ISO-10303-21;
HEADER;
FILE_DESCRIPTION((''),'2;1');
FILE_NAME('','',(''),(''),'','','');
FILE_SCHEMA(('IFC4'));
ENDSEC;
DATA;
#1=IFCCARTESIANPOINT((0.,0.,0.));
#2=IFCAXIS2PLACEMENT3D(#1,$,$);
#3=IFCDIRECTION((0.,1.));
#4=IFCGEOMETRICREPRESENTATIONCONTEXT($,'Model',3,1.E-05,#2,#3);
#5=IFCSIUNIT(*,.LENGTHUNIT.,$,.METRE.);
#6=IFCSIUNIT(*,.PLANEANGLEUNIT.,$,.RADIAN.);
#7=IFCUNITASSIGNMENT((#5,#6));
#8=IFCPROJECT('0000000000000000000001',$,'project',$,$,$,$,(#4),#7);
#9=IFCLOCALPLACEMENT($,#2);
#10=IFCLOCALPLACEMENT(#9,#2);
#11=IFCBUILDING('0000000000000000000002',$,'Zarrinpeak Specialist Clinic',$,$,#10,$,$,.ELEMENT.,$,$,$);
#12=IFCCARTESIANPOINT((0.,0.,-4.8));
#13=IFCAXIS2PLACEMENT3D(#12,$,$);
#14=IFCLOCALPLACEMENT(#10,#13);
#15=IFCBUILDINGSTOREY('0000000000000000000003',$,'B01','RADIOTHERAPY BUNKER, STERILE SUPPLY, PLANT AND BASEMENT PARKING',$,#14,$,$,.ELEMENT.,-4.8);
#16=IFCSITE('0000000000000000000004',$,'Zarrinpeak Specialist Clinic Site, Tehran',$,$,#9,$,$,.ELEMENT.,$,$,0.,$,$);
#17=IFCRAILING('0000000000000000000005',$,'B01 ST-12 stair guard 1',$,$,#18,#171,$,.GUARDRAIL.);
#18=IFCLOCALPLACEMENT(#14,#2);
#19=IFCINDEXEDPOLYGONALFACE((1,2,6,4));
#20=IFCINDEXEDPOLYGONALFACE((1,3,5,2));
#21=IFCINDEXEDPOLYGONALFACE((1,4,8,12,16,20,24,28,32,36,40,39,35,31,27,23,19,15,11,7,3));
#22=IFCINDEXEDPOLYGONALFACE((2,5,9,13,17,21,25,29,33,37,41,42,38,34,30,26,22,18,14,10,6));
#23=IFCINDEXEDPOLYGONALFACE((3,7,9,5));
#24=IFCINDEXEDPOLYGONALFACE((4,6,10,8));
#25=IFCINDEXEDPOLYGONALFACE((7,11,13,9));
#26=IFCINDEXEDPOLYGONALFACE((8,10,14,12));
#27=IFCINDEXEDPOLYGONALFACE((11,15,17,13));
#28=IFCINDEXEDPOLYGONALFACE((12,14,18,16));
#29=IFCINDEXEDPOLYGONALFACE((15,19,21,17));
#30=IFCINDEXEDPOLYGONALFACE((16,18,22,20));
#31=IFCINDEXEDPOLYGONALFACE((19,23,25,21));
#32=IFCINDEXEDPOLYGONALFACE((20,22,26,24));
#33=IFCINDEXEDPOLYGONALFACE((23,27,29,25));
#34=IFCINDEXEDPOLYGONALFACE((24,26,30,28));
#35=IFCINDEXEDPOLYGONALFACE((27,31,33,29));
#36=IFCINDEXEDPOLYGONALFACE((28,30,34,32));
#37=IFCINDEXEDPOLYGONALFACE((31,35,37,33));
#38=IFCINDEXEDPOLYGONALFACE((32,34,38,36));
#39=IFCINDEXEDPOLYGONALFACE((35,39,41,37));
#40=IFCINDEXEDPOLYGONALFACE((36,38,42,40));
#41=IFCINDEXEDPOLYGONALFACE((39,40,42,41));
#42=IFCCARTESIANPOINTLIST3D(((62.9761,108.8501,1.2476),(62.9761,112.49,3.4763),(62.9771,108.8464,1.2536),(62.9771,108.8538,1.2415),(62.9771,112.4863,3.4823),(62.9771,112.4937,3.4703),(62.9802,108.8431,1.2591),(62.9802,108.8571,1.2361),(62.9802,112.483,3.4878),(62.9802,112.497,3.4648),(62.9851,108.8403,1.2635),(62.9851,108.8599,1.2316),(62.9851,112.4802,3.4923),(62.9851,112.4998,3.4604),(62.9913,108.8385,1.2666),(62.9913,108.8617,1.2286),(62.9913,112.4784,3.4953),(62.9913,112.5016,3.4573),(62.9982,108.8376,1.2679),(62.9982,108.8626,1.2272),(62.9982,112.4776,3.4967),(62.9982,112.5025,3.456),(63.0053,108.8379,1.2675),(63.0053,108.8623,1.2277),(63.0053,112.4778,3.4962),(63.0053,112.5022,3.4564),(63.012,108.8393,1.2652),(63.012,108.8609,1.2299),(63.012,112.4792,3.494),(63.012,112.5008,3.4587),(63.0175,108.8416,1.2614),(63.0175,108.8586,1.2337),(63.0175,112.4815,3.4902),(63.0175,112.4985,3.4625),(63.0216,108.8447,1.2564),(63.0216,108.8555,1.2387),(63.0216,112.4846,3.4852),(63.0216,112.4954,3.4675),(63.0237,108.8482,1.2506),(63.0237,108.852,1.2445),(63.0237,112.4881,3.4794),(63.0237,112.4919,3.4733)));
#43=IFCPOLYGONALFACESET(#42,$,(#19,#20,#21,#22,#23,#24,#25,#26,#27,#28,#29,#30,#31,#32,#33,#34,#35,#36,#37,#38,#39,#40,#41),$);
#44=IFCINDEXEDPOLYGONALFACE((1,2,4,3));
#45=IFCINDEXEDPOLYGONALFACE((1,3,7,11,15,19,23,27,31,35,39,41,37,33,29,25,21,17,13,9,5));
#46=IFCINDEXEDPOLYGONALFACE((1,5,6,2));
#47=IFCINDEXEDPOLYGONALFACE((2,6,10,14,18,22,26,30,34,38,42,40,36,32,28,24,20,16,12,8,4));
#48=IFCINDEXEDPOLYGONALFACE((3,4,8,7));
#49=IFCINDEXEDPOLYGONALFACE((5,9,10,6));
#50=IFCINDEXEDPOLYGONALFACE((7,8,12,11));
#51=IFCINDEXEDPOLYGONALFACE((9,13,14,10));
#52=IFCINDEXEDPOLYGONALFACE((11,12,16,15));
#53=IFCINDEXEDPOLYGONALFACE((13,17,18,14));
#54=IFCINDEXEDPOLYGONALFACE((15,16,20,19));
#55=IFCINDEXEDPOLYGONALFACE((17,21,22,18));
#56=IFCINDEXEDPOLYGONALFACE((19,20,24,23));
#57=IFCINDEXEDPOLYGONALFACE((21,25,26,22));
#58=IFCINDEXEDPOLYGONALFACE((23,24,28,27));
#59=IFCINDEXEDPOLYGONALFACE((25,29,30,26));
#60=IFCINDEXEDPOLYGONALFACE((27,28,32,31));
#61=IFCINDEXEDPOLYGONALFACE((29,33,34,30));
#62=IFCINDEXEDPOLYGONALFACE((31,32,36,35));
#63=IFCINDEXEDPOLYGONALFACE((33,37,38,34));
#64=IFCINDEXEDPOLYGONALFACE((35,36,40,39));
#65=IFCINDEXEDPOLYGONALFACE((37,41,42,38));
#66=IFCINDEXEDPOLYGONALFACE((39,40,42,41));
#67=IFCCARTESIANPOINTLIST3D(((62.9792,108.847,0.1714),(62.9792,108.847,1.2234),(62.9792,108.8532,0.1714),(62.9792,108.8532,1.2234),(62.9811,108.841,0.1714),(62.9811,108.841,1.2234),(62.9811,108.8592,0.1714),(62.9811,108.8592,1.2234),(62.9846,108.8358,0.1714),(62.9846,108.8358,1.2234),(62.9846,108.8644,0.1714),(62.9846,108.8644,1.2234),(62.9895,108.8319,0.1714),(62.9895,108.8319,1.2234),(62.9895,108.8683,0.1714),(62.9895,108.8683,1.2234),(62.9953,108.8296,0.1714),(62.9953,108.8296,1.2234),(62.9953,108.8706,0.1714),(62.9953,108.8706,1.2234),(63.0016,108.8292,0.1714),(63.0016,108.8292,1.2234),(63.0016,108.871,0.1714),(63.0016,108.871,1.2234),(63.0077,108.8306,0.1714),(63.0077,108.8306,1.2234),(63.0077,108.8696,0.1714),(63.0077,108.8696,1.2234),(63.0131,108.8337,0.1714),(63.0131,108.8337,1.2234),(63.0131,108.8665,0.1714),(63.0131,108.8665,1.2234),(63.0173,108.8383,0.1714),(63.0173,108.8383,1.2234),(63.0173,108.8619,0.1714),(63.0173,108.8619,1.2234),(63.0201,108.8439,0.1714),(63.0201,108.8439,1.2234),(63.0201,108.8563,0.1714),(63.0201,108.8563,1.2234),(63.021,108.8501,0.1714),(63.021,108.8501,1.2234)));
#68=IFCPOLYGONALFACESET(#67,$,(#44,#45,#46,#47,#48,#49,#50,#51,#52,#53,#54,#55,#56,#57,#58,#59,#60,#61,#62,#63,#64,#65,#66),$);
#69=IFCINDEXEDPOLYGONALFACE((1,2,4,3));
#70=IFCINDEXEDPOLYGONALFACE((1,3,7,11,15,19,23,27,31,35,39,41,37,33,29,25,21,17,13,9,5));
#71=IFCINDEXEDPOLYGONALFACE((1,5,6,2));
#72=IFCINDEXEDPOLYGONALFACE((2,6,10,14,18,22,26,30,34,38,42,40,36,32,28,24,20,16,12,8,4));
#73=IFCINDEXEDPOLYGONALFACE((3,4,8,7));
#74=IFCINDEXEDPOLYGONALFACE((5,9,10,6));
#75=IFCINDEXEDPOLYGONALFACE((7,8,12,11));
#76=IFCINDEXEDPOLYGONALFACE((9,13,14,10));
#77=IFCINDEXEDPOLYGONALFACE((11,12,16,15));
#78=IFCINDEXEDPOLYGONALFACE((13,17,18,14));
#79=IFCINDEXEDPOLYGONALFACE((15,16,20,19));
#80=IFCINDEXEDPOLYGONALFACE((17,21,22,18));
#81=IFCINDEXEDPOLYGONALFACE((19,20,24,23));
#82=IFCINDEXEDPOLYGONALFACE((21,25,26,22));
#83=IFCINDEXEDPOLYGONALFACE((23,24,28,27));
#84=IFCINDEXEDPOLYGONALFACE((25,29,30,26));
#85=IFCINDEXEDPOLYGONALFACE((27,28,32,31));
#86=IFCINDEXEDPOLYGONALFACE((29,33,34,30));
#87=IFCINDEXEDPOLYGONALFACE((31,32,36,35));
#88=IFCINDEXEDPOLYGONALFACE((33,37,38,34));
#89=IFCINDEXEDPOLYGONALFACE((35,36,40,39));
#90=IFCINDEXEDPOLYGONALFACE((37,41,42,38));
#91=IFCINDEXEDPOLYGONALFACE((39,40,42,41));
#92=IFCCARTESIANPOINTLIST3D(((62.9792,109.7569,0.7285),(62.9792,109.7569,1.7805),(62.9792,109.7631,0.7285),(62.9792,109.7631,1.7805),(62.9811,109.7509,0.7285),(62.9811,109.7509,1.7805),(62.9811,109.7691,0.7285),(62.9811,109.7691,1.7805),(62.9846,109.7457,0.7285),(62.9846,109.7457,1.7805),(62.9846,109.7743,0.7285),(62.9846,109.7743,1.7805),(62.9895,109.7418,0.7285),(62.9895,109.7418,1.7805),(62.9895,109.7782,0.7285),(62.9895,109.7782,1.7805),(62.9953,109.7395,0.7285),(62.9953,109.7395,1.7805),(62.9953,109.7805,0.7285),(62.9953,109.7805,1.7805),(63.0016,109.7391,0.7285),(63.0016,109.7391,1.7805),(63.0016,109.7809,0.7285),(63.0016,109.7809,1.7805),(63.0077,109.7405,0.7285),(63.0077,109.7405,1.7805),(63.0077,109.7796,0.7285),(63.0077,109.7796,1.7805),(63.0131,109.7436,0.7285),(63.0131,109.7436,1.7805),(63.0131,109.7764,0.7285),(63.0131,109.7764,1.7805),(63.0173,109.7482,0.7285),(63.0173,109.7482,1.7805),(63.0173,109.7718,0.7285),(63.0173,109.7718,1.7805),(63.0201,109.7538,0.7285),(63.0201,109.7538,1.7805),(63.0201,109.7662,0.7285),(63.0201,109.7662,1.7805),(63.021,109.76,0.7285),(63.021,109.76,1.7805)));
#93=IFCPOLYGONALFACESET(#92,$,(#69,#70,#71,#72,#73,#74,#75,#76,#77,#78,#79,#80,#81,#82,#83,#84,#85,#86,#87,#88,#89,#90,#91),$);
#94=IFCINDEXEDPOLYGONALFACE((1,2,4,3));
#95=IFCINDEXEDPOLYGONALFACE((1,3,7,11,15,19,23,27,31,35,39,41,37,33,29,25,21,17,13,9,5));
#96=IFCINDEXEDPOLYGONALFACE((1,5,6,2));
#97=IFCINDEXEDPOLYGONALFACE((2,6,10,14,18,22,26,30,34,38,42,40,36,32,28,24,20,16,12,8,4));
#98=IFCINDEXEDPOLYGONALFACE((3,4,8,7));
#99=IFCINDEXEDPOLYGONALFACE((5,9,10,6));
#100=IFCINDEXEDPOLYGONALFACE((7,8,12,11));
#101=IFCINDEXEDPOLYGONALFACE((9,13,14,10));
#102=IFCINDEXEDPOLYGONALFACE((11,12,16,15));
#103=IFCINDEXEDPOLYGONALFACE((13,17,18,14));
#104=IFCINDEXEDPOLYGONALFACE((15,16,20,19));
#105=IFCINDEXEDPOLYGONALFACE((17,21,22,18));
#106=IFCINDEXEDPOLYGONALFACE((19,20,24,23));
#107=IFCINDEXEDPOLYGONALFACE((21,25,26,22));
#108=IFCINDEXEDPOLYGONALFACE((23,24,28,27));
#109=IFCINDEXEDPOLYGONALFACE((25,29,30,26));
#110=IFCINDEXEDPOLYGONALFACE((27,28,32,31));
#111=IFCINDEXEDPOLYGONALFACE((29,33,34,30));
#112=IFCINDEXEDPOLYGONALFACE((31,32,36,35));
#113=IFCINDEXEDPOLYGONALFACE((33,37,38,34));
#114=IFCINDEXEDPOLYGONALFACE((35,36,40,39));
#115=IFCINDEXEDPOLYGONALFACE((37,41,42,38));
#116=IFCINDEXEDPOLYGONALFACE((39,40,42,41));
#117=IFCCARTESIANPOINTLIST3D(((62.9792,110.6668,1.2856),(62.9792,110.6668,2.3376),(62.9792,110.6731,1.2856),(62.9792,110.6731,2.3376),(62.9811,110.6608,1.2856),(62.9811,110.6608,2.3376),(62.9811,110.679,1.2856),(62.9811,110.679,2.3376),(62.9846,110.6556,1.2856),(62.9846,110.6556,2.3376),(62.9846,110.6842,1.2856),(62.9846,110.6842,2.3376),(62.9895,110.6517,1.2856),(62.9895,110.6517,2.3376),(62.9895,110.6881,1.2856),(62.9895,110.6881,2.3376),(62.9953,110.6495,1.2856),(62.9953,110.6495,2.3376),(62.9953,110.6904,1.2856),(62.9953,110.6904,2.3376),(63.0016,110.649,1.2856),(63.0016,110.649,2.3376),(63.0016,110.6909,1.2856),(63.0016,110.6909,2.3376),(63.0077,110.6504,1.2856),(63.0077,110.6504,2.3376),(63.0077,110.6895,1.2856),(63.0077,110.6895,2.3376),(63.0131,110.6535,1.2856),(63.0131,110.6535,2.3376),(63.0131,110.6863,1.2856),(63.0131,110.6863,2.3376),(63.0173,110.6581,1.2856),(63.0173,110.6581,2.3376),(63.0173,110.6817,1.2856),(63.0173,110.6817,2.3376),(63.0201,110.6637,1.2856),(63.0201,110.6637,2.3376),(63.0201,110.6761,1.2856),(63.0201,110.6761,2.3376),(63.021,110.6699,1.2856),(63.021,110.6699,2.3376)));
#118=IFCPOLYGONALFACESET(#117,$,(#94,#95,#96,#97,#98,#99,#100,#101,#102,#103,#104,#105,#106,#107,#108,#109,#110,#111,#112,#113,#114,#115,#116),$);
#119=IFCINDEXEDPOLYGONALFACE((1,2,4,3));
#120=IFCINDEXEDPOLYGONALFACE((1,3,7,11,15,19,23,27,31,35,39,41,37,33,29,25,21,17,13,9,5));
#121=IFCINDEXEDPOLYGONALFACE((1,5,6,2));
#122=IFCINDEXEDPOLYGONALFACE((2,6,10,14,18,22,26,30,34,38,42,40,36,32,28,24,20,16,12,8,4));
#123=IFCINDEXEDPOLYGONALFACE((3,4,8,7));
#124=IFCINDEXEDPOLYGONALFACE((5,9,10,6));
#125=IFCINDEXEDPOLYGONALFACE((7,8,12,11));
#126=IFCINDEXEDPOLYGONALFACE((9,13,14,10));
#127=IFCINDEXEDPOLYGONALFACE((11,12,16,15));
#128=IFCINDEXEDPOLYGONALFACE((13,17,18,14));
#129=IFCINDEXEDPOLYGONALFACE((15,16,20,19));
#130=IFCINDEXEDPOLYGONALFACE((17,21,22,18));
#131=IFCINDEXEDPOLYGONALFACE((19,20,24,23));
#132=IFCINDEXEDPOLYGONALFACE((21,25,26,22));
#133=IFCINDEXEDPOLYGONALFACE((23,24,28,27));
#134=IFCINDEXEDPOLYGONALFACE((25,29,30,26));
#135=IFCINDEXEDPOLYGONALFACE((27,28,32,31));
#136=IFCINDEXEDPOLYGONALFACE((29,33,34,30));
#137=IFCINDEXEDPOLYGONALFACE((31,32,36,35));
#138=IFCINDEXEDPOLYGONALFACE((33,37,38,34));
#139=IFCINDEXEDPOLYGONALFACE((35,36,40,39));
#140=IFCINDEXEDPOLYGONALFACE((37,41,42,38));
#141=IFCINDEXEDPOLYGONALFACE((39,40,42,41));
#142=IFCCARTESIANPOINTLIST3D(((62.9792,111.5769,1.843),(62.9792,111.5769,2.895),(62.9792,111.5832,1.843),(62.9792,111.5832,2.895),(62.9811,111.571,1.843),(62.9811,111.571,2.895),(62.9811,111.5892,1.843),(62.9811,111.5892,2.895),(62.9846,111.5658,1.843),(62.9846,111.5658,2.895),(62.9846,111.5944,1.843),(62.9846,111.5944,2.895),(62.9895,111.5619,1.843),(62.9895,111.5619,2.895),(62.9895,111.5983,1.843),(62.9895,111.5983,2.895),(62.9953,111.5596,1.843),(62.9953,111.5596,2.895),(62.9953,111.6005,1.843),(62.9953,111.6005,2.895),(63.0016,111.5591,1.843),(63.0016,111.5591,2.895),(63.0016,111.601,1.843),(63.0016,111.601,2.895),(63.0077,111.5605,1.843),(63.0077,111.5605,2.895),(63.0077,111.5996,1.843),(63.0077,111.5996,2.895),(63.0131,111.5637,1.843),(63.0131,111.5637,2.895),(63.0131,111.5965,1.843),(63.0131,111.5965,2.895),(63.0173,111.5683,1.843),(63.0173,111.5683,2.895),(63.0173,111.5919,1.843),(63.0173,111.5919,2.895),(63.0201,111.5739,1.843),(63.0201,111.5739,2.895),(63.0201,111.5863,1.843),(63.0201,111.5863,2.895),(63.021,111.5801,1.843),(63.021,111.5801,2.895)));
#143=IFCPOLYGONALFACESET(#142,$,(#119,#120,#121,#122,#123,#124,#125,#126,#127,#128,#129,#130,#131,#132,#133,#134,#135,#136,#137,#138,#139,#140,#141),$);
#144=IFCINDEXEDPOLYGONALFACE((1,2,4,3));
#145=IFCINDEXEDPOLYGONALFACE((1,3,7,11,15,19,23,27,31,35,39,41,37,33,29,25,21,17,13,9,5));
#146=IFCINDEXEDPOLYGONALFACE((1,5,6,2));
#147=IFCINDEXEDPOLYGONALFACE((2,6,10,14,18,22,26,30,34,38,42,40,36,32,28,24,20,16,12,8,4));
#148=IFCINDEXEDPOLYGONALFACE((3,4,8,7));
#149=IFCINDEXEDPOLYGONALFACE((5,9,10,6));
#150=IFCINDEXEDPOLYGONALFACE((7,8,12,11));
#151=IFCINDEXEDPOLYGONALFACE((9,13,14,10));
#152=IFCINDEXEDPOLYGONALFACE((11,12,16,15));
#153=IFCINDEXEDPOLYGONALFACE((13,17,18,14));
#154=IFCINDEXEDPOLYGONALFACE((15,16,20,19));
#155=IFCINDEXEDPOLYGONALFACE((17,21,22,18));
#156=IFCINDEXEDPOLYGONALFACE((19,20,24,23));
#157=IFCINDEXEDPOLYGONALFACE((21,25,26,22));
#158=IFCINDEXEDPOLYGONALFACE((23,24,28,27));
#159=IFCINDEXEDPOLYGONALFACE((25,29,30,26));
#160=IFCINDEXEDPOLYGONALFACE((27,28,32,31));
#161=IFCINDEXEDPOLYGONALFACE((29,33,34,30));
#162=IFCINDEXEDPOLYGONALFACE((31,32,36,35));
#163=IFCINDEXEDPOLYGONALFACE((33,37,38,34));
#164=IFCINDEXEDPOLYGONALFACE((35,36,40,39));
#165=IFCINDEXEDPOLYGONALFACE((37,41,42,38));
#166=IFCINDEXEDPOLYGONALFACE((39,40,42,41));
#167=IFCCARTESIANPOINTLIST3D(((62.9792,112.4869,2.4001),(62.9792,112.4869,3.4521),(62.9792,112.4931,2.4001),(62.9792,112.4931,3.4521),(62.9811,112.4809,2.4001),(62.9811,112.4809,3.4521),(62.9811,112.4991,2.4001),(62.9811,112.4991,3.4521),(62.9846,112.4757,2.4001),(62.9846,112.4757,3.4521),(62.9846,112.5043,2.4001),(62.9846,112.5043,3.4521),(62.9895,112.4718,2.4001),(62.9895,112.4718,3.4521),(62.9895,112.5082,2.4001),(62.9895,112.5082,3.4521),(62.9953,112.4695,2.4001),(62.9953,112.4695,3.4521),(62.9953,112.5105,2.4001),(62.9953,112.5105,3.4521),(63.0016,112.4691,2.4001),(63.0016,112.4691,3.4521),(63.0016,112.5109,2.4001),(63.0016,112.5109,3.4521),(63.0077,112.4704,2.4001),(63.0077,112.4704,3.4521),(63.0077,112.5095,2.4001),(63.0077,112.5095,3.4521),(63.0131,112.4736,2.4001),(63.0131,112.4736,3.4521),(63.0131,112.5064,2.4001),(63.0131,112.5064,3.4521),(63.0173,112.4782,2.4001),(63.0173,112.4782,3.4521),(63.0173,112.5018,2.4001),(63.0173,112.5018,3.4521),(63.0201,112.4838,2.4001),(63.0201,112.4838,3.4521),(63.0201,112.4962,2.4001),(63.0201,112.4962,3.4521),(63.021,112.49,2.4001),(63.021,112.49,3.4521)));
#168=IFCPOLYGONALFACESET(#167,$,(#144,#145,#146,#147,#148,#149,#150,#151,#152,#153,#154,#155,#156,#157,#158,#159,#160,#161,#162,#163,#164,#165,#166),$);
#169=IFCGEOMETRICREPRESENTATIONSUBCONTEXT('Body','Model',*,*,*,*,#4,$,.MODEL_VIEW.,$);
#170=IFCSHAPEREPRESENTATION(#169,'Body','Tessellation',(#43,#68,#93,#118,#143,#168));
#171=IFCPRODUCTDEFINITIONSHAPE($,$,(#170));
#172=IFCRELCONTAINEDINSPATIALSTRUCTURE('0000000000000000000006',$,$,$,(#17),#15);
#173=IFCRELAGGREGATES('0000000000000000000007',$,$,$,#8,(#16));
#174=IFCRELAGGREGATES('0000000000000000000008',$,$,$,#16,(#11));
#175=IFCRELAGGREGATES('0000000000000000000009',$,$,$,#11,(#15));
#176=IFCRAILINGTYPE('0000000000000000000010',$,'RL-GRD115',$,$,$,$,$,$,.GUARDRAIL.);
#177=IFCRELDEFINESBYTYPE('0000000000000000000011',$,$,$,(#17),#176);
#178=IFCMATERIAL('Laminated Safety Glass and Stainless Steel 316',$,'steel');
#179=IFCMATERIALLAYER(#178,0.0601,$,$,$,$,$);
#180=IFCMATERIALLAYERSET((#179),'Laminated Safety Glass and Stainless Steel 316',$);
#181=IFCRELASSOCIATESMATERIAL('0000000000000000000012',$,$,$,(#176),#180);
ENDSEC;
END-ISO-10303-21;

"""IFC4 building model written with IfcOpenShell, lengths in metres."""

from ifc_helpers import new_model, si_unit, direction, frame, origin, origin_2d, place, context, subcontext, project, spatial, circle, extrude, material, layer, layer_set, type_object, element, save


model = new_model("IFC4")

# Units and contexts
model_context = context("Model", 3, precision=1e-05, world=origin(), true_north=direction((0.0, 1.0)))
body_context = subcontext(model_context, "Body", "Model", "MODEL_VIEW")
ifc_project = project(units=[si_unit("LENGTHUNIT", "METRE"), si_unit("PLANEANGLEUNIT", "RADIAN")], contexts=[model_context])

# Site, building, storey
site_placement = place(None, origin())
site = spatial("IfcSite", under=ifc_project, at=site_placement, Name="Zarrinpeak Specialist Clinic Site, Tehran", CompositionType="ELEMENT", RefElevation=0.0)
building_placement = place(site_placement, origin())
building = spatial("IfcBuilding", under=site, at=building_placement, Name="Zarrinpeak Specialist Clinic", CompositionType="ELEMENT")
storey_placement = place(building_placement, frame((0.0, 0.0, -4.8)))
storey = spatial("IfcBuildingStorey", under=building, at=storey_placement, Name="B01", Description="RADIOTHERAPY BUNKER, STERILE SUPPLY, PLANT AND BASEMENT PARKING", CompositionType="ELEMENT", Elevation=-4.8)

# Railing
ifc_material_1 = material(Name="Laminated Safety Glass and Stainless Steel 316", Category="steel")
ifc_layer_1 = layer(ifc_material_1, 0.0601)
ifc_layer_set_1 = layer_set([ifc_layer_1], Name="Laminated Safety Glass and Stainless Steel 316")
railing_type_1 = type_object("IfcRailingType", Name="RL-GRD115", PredefinedType="GUARDRAIL", material=ifc_layer_set_1)
railing_1_placement = place(storey_placement, frame((63.0, 108.8501, 0.1714)))
element("IfcRailing", 1, at=railing_1_placement, inside=storey, type_object=railing_type_1, Name="B01 ST-12 stair guard 1", PredefinedType="GUARDRAIL", context=body_context, shape_type="SweptSolid", body=[
    extrude(circle(Radius=0.0239, at=origin_2d()), frame((0.0, 0.0, 1.0762), z_axis=(0.0, 0.852825, 0.522197), x_axis=(-1.0, 0.0, 0.0)), (0.0, 0.0, 1.0), 4.2681),
    extrude(circle(Radius=0.021, at=origin_2d()), origin(), (0.0, 0.0, 1.0), 1.052),
    extrude(circle(Radius=0.021, at=origin_2d()), frame((0.0, 0.9099, 0.5571)), (0.0, 0.0, 1.0), 1.052),
    extrude(circle(Radius=0.021, at=origin_2d()), frame((0.0, 1.8198, 1.1143)), (0.0, 0.0, 1.0), 1.052),
    extrude(circle(Radius=0.021, at=origin_2d()), frame((0.0, 2.73, 1.6716)), (0.0, 0.0, 1.0), 1.052),
    extrude(circle(Radius=0.021, at=origin_2d()), frame((0.0, 3.6399, 2.2288)), (0.0, 0.0, 1.0), 1.052),
])

save(model, "model.ifc")
